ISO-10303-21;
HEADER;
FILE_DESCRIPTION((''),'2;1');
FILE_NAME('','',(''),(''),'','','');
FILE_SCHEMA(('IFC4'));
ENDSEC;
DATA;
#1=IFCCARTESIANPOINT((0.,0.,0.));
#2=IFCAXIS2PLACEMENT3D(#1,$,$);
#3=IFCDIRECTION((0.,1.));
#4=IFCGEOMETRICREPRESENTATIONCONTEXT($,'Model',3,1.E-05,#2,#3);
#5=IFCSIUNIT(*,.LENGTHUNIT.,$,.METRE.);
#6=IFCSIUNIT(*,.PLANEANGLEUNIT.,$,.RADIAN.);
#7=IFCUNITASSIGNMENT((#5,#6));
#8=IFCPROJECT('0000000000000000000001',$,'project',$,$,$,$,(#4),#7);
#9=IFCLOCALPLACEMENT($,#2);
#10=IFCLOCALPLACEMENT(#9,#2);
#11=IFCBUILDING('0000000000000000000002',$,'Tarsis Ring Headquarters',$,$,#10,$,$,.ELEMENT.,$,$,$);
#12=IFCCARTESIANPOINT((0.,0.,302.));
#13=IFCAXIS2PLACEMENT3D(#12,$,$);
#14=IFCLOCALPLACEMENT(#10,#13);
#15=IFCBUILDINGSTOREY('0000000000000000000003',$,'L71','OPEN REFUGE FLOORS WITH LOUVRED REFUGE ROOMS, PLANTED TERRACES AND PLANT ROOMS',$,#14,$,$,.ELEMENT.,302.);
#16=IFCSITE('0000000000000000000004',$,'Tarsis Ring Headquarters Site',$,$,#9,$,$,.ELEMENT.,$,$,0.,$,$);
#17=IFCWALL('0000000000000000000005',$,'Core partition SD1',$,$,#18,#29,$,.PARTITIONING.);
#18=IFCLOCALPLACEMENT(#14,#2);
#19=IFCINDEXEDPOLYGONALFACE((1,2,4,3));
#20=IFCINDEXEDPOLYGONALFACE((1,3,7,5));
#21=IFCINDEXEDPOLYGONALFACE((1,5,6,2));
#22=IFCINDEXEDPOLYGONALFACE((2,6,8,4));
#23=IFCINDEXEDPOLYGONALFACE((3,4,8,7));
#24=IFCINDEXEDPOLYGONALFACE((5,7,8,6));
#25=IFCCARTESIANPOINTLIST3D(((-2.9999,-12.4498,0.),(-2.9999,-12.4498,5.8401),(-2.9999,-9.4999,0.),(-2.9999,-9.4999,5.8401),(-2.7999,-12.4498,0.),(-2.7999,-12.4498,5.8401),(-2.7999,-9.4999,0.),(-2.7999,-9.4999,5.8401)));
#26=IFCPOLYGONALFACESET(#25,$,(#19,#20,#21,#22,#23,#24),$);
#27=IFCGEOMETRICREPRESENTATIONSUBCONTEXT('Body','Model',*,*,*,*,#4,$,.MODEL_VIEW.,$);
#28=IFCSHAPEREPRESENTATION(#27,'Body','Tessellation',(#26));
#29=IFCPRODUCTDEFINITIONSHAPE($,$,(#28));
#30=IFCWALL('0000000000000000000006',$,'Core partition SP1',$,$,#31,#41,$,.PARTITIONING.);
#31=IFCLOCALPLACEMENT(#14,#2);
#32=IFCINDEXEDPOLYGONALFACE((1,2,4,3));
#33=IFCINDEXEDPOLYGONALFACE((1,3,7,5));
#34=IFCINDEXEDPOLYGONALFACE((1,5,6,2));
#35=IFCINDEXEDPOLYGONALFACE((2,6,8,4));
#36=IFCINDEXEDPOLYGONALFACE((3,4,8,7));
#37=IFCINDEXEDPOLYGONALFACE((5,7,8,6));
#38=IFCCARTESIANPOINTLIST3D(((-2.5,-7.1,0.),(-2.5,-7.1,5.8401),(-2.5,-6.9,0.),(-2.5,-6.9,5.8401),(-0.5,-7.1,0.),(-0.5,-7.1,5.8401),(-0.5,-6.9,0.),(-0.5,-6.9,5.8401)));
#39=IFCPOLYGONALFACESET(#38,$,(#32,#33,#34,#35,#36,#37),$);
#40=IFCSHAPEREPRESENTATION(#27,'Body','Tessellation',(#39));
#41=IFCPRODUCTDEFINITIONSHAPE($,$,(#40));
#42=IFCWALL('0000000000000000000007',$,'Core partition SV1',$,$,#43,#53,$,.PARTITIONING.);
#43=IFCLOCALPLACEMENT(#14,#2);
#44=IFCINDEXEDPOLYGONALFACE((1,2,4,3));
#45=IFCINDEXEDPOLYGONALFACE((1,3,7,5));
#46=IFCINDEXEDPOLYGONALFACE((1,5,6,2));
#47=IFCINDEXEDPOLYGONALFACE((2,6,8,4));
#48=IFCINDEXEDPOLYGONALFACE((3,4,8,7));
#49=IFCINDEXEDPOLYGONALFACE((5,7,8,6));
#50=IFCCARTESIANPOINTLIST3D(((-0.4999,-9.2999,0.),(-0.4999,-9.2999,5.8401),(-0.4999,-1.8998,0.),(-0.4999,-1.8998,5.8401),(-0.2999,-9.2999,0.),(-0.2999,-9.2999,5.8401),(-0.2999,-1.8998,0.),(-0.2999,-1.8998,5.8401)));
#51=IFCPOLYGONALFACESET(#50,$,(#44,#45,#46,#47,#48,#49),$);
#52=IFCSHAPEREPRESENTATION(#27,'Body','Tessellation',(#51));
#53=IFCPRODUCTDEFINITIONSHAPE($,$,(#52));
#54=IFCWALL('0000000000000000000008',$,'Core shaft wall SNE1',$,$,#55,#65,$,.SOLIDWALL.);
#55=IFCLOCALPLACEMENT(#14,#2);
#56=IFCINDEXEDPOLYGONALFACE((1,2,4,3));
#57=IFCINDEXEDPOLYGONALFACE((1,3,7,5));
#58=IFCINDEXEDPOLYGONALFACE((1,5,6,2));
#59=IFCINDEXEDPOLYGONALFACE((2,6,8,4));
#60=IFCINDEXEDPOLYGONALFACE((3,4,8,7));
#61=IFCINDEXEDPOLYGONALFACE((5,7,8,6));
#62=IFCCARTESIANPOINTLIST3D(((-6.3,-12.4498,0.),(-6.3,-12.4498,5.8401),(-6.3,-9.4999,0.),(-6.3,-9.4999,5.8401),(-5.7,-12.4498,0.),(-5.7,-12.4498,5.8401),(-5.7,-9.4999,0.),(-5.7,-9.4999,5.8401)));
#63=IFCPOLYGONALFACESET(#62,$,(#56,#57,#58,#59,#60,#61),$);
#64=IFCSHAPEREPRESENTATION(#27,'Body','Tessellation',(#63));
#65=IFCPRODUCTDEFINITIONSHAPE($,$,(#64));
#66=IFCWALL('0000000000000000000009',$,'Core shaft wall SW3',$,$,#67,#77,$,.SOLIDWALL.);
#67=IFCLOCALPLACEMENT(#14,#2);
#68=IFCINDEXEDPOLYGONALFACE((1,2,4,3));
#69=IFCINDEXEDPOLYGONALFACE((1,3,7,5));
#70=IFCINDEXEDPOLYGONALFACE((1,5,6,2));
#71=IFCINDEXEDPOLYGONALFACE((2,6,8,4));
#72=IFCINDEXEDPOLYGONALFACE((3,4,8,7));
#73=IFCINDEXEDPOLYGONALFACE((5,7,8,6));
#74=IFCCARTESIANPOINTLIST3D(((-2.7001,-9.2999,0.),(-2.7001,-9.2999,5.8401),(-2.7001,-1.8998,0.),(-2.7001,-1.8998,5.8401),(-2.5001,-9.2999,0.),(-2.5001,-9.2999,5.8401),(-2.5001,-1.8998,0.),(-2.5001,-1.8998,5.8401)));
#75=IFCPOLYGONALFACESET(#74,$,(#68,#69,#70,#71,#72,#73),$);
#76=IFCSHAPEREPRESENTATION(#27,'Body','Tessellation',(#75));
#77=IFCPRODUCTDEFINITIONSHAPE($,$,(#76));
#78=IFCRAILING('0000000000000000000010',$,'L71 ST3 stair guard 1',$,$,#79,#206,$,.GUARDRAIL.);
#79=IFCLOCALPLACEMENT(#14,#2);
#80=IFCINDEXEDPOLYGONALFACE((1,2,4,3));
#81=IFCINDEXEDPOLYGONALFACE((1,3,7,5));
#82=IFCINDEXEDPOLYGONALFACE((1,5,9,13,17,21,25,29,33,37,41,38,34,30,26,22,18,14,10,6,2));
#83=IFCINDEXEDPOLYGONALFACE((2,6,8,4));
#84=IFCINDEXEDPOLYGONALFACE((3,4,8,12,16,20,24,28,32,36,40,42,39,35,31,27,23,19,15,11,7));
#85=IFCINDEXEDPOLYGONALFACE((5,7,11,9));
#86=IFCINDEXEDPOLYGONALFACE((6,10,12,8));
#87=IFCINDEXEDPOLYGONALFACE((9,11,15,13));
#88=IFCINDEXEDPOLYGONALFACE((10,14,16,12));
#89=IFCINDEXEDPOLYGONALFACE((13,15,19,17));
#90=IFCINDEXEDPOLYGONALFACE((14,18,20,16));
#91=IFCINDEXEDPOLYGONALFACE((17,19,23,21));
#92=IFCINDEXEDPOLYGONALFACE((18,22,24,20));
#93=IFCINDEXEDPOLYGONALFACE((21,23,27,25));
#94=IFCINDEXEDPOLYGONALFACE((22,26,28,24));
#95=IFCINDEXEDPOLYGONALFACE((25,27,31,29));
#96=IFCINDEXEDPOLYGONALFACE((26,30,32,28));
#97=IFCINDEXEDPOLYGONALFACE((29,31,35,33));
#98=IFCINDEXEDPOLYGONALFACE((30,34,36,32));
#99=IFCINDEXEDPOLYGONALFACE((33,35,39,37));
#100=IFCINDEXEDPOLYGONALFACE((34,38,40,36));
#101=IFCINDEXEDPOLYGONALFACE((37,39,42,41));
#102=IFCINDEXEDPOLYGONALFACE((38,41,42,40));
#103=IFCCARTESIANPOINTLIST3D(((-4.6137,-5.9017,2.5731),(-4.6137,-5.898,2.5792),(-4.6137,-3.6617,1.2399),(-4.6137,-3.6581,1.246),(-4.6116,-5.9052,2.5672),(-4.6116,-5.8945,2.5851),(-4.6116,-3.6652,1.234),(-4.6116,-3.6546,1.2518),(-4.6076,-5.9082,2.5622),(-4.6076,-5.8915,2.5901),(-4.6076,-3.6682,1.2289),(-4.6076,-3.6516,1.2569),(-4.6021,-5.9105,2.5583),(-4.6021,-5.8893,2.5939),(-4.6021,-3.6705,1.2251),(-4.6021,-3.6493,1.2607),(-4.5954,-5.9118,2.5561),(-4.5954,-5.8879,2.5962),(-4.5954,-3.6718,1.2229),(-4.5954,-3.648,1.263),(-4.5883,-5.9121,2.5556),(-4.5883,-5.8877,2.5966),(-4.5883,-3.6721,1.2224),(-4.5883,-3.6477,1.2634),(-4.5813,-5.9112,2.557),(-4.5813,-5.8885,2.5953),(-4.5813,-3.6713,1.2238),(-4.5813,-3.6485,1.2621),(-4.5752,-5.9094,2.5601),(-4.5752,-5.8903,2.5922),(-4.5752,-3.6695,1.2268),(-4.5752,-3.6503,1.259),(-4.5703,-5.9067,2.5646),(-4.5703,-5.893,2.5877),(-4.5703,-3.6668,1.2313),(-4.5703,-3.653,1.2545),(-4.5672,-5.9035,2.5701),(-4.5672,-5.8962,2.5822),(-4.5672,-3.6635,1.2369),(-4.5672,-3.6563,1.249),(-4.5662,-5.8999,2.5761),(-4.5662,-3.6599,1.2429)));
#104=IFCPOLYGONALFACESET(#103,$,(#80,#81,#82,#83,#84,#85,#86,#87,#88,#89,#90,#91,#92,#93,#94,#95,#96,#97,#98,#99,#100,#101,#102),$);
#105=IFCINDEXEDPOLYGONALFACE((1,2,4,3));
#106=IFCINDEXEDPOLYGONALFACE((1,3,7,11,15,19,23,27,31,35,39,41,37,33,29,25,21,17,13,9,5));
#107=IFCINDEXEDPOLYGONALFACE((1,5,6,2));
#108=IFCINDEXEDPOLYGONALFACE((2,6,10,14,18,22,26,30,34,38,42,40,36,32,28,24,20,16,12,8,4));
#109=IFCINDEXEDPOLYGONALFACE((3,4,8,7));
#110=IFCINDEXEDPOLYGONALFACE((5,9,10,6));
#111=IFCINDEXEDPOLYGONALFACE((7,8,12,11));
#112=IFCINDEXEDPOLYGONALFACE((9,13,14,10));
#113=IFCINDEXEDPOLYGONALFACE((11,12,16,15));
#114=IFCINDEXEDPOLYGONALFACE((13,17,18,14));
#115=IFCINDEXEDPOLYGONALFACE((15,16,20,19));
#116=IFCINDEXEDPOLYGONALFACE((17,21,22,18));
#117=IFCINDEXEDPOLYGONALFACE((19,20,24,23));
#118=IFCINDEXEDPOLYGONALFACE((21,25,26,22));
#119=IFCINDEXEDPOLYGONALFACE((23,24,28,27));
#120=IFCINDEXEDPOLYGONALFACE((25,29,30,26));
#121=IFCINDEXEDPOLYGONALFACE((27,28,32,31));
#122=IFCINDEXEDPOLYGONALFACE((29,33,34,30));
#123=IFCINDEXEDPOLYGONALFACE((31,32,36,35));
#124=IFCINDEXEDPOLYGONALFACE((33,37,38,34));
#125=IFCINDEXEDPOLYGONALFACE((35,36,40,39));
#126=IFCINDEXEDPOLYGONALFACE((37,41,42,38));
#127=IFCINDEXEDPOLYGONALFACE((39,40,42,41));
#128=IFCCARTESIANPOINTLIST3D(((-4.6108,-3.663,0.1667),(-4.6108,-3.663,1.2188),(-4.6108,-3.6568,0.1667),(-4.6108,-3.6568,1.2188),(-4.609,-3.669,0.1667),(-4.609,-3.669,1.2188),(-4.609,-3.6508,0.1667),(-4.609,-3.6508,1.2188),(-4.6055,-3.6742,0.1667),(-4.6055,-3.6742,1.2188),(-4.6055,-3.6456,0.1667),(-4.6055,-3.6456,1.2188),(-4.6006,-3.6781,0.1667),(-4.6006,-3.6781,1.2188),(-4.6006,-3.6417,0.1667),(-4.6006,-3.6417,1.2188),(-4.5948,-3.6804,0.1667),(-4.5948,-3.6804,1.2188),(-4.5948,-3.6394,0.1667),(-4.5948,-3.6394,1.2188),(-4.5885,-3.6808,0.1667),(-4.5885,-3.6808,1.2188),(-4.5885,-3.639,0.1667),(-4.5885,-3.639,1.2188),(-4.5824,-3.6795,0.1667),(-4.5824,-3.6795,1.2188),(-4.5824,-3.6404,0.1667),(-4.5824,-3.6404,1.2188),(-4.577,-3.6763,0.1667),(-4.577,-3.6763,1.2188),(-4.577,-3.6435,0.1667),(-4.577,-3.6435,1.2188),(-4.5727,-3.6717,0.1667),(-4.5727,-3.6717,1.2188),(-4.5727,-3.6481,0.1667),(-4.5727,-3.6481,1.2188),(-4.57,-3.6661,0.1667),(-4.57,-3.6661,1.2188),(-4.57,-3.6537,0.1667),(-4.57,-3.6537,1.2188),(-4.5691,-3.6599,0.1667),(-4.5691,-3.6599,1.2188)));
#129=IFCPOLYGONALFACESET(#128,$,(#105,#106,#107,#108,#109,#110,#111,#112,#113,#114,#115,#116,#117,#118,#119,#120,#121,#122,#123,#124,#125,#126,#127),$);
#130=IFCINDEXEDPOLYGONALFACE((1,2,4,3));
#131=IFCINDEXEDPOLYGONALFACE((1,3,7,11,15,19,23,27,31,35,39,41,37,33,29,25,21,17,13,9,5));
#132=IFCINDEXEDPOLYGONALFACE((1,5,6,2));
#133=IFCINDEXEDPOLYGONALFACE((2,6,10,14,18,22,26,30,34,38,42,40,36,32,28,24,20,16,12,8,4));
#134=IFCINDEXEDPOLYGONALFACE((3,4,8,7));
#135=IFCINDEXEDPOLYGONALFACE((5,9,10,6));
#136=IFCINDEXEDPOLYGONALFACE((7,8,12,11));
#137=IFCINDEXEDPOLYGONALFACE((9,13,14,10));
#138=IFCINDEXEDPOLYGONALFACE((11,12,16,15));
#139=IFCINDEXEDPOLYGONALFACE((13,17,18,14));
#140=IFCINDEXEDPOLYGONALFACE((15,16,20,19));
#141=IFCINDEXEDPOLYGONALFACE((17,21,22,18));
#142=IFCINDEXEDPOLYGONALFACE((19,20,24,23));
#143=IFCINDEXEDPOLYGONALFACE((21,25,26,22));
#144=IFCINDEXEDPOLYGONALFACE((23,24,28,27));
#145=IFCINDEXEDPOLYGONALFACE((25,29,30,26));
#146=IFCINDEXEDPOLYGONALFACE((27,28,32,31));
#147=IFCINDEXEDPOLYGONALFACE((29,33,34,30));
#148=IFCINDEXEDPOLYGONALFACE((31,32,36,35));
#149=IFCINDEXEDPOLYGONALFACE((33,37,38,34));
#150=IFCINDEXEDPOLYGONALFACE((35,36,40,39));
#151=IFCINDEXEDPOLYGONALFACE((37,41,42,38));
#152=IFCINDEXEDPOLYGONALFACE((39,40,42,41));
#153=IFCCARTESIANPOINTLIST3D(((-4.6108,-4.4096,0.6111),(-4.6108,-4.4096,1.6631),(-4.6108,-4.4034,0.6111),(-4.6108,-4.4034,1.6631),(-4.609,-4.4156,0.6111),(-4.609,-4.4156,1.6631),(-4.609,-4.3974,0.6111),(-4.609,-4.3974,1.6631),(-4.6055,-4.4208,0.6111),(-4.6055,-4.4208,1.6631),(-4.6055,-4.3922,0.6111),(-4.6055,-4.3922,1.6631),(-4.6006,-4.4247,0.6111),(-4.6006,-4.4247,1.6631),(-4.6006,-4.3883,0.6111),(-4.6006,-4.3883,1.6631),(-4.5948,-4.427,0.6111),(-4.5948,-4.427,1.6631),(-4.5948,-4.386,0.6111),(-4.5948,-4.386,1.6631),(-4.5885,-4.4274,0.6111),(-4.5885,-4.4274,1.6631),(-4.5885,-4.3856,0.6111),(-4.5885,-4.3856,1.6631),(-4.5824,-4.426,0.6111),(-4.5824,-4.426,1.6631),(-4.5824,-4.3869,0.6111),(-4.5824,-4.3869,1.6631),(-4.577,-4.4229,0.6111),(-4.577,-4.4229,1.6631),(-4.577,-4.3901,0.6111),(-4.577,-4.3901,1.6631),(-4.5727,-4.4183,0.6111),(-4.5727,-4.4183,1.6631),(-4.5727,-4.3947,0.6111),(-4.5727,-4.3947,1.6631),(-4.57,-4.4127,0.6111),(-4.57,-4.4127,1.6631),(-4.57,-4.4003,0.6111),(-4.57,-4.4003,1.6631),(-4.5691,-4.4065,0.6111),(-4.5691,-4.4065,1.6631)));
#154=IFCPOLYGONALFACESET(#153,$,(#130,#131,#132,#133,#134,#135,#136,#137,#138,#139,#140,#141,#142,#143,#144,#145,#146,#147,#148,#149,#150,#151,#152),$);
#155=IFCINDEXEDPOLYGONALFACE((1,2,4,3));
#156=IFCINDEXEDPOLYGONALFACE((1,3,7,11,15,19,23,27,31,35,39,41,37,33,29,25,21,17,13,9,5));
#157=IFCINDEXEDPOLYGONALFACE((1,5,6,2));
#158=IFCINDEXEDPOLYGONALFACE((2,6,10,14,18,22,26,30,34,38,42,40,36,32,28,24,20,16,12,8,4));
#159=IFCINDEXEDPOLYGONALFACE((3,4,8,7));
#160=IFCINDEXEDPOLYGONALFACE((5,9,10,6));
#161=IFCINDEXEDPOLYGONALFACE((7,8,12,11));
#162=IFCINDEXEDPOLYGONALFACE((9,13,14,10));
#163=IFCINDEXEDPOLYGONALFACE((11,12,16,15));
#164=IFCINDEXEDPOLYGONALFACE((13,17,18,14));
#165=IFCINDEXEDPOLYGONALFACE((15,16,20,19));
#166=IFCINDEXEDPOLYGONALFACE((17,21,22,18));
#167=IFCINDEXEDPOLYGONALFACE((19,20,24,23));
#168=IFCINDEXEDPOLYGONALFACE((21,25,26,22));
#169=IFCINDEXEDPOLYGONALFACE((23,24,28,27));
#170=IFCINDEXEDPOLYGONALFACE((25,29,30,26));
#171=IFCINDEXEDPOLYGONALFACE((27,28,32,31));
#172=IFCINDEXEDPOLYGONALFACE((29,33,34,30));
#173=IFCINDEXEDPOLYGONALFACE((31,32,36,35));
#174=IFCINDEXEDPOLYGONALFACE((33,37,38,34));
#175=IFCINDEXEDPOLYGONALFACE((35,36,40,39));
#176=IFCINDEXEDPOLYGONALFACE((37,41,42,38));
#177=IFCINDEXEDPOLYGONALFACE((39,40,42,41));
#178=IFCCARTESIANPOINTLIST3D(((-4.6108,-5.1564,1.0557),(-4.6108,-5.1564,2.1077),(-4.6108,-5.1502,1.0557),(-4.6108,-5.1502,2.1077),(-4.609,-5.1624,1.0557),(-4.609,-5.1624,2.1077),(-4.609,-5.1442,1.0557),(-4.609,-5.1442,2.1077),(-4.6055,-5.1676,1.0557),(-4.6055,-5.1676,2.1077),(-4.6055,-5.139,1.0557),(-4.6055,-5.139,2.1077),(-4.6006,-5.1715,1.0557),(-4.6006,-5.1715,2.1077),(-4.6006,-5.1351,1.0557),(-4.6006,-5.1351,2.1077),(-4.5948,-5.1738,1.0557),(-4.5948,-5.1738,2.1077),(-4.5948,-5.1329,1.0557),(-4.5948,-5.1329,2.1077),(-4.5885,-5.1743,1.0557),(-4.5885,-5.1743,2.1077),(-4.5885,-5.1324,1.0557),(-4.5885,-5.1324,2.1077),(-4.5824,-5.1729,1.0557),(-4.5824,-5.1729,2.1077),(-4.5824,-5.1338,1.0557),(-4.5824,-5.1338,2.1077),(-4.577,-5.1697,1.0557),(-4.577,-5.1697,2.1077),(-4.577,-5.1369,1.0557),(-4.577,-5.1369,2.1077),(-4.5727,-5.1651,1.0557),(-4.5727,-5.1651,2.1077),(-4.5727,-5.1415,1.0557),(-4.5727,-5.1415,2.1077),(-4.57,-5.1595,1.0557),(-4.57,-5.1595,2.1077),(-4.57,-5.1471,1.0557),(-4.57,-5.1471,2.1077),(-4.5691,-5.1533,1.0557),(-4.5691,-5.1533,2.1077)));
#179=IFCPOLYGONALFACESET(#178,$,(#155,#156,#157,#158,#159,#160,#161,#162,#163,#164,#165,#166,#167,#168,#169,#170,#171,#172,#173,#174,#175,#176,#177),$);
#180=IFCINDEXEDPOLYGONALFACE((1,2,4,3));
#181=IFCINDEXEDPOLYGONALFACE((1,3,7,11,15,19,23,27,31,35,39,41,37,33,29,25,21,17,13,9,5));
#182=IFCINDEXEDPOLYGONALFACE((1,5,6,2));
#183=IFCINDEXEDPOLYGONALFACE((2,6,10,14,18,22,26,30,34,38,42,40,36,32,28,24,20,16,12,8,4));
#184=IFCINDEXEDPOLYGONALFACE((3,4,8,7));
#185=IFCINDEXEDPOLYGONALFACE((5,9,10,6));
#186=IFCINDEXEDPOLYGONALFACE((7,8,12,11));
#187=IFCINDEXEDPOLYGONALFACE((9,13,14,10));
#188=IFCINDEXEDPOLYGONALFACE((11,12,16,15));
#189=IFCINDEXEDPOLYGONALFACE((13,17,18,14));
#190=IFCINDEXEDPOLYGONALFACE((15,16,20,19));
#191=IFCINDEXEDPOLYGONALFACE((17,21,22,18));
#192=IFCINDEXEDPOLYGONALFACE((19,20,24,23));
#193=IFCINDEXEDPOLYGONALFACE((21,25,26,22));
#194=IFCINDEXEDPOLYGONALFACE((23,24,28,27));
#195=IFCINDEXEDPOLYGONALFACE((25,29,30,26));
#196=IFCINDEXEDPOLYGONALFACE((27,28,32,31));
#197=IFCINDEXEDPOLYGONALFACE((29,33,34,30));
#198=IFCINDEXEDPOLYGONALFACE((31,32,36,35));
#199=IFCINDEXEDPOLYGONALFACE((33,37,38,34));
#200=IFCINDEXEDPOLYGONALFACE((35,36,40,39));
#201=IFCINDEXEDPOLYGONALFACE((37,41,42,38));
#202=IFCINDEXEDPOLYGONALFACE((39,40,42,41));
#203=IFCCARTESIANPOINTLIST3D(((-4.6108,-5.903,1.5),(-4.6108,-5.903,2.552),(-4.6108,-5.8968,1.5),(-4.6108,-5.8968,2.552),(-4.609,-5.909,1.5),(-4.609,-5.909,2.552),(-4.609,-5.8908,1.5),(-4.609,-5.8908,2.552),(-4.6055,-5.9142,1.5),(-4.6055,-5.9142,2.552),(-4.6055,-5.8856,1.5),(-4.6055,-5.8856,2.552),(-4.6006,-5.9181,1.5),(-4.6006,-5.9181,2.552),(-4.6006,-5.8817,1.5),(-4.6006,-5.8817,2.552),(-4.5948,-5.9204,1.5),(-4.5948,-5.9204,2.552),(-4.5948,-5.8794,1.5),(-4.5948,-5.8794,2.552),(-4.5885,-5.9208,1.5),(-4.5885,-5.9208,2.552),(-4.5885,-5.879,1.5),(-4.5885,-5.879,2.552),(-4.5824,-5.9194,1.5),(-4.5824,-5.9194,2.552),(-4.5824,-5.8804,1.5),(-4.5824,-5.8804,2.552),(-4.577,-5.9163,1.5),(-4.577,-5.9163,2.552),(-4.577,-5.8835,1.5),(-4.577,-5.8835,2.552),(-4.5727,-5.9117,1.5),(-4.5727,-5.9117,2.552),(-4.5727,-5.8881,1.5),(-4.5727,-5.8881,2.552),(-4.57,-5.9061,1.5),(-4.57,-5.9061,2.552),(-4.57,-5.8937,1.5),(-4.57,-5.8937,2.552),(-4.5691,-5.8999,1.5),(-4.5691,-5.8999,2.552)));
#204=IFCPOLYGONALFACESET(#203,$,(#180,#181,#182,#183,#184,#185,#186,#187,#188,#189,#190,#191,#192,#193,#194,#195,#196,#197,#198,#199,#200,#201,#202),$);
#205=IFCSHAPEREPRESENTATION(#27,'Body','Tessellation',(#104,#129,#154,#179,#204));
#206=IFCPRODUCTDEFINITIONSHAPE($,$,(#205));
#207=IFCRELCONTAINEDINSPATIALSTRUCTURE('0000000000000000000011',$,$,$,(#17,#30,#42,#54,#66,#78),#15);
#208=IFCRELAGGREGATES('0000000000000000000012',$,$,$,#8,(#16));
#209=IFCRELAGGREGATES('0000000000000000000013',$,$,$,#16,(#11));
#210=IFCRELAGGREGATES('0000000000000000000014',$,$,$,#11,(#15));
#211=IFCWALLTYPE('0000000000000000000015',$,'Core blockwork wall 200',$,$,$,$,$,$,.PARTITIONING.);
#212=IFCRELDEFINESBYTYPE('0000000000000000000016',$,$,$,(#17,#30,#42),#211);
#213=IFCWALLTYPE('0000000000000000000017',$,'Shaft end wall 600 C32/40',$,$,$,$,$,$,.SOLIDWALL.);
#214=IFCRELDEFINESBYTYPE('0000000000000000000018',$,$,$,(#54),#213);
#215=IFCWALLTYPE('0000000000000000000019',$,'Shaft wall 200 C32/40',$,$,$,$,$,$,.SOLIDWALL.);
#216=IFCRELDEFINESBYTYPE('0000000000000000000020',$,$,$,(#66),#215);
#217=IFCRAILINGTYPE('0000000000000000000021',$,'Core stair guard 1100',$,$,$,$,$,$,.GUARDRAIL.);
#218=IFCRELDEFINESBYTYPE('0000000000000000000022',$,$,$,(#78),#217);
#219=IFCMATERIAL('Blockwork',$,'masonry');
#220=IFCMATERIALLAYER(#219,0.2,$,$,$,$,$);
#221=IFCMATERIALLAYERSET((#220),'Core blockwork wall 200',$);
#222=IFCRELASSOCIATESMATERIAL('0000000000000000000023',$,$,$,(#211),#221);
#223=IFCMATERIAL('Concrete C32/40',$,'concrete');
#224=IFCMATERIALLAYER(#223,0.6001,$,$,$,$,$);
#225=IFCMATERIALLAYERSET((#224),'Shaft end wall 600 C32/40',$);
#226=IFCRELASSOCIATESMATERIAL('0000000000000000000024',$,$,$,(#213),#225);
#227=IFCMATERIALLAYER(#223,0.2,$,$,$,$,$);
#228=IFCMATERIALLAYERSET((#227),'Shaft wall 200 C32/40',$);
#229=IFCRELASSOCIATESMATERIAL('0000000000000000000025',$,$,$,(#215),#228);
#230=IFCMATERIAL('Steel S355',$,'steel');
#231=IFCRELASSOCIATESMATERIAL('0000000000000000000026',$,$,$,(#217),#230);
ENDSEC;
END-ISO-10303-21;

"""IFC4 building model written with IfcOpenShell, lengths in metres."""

from ifc_helpers import new_model, si_unit, direction, frame, frame_2d, origin, origin_2d, place, context, subcontext, project, spatial, rectangle, circle, extrude, material, layer, layer_set, type_object, element, save


model = new_model("IFC4")

# Units and contexts
model_context = context("Model", 3, precision=1e-05, world=origin(), true_north=direction((0.0, 1.0)))
body_context = subcontext(model_context, "Body", "Model", "MODEL_VIEW")
ifc_project = project(units=[si_unit("LENGTHUNIT", "METRE"), si_unit("PLANEANGLEUNIT", "RADIAN")], contexts=[model_context])

# Site, building, storey
site_placement = place(None, origin())
site = spatial("IfcSite", under=ifc_project, at=site_placement, Name="Tarsis Ring Headquarters Site", CompositionType="ELEMENT", RefElevation=0.0)
building_placement = place(site_placement, origin())
building = spatial("IfcBuilding", under=site, at=building_placement, Name="Tarsis Ring Headquarters", CompositionType="ELEMENT")
storey_placement = place(building_placement, frame((0.0, 0.0, 302.0)))
storey = spatial("IfcBuildingStorey", under=building, at=storey_placement, Name="L71", Description="OPEN REFUGE FLOORS WITH LOUVRED REFUGE ROOMS, PLANTED TERRACES AND PLANT ROOMS", CompositionType="ELEMENT", Elevation=302.0)

# Walls
ifc_material_1 = material(Name="Blockwork", Category="masonry")
ifc_layer_1 = layer(ifc_material_1, 0.2)
ifc_layer_set_1 = layer_set([ifc_layer_1], Name="Core blockwork wall 200")
wall_type_1 = type_object("IfcWallType", Name="Core blockwork wall 200", PredefinedType="PARTITIONING", material=ifc_layer_set_1)
wall_1_placement = place(storey_placement, frame((-2.8999, -12.45, 0.0), z_axis=(0.0, 0.0, 1.0), x_axis=(0.0, 1.0, 0.0)))
element("IfcWall", 1, at=wall_1_placement, inside=storey, type_object=wall_type_1, Name="Core partition SD1", PredefinedType="PARTITIONING", context=body_context, shape_type="SweptSolid", body=[
    extrude(rectangle(XDim=2.95, YDim=0.2, at=frame_2d((1.4751, 0.0))), origin(), (0.0, 0.0, 1.0), 5.8401),
])
wall_2_placement = place(storey_placement, frame((-2.5, -7.0, 0.0), z_axis=(0.0, 0.0, 1.0), x_axis=(1.0, 0.0, 0.0)))
element("IfcWall", 2, at=wall_2_placement, inside=storey, type_object=wall_type_1, Name="Core partition SP1", PredefinedType="PARTITIONING", context=body_context, shape_type="SweptSolid", body=[
    extrude(rectangle(XDim=2.0, YDim=0.2, at=frame_2d((1.0, 0.0))), origin(), (0.0, 0.0, 1.0), 5.8401),
])
wall_3_placement = place(storey_placement, frame((-0.3999, -9.3, 0.0), z_axis=(0.0, 0.0, 1.0), x_axis=(0.0, 1.0, 0.0)))
element("IfcWall", 3, at=wall_3_placement, inside=storey, type_object=wall_type_1, Name="Core partition SV1", PredefinedType="PARTITIONING", context=body_context, shape_type="SweptSolid", body=[
    extrude(rectangle(XDim=7.4001, YDim=0.2, at=frame_2d((3.7002, 0.0))), origin(), (0.0, 0.0, 1.0), 5.8401),
])
ifc_material_2 = material(Name="Concrete C32/40", Category="concrete")
ifc_layer_2 = layer(ifc_material_2, 0.6001)
ifc_layer_set_2 = layer_set([ifc_layer_2], Name="Shaft end wall 600 C32/40")
wall_type_2 = type_object("IfcWallType", Name="Shaft end wall 600 C32/40", PredefinedType="SOLIDWALL", material=ifc_layer_set_2)
wall_4_placement = place(storey_placement, frame((-6.0, -12.45, 0.0), z_axis=(0.0, 0.0, 1.0), x_axis=(0.0, 1.0, 0.0)))
element("IfcWall", 4, at=wall_4_placement, inside=storey, type_object=wall_type_2, Name="Core shaft wall SNE1", PredefinedType="SOLIDWALL", context=body_context, shape_type="SweptSolid", body=[
    extrude(rectangle(XDim=2.95, YDim=0.6001, at=frame_2d((1.4751, 0.0))), origin(), (0.0, 0.0, 1.0), 5.8401),
])
ifc_layer_3 = layer(ifc_material_2, 0.2)
ifc_layer_set_3 = layer_set([ifc_layer_3], Name="Shaft wall 200 C32/40")
wall_type_3 = type_object("IfcWallType", Name="Shaft wall 200 C32/40", PredefinedType="SOLIDWALL", material=ifc_layer_set_3)
wall_5_placement = place(storey_placement, frame((-2.6001, -9.3, 0.0), z_axis=(0.0, 0.0, 1.0), x_axis=(0.0, 1.0, 0.0)))
element("IfcWall", 5, at=wall_5_placement, inside=storey, type_object=wall_type_3, Name="Core shaft wall SW3", PredefinedType="SOLIDWALL", context=body_context, shape_type="SweptSolid", body=[
    extrude(rectangle(XDim=7.4001, YDim=0.2, at=frame_2d((3.7002, 0.0))), origin(), (0.0, 0.0, 1.0), 5.8401),
])

# Railing
ifc_material_3 = material(Name="Steel S355", Category="steel")
railing_type_1 = type_object("IfcRailingType", Name="Core stair guard 1100", PredefinedType="GUARDRAIL", material=ifc_material_3)
railing_1_placement = place(storey_placement, frame((-4.5901, -3.6599, 0.1667)))
element("IfcRailing", 6, at=railing_1_placement, inside=storey, type_object=railing_type_1, Name="L71 ST3 stair guard 1", PredefinedType="GUARDRAIL", context=body_context, shape_type="SweptSolid", body=[
    extrude(circle(Radius=0.0239, at=origin_2d()), frame((0.0, 0.0, 1.0762), z_axis=(0.0, -0.859306, 0.511462), x_axis=(1.0, 0.0, 0.0)), (0.0, 0.0, 1.0), 2.6067),
    extrude(circle(Radius=0.021, at=origin_2d()), origin(), (0.0, 0.0, 1.0), 1.052),
    extrude(circle(Radius=0.021, at=origin_2d()), frame((0.0, -0.7466, 0.4443)), (0.0, 0.0, 1.0), 1.052),
    extrude(circle(Radius=0.021, at=origin_2d()), frame((0.0, -1.4934, 0.8889)), (0.0, 0.0, 1.0), 1.052),
    extrude(circle(Radius=0.021, at=origin_2d()), frame((0.0, -2.24, 1.3333)), (0.0, 0.0, 1.0), 1.052),
])

save(model, "model.ifc")
